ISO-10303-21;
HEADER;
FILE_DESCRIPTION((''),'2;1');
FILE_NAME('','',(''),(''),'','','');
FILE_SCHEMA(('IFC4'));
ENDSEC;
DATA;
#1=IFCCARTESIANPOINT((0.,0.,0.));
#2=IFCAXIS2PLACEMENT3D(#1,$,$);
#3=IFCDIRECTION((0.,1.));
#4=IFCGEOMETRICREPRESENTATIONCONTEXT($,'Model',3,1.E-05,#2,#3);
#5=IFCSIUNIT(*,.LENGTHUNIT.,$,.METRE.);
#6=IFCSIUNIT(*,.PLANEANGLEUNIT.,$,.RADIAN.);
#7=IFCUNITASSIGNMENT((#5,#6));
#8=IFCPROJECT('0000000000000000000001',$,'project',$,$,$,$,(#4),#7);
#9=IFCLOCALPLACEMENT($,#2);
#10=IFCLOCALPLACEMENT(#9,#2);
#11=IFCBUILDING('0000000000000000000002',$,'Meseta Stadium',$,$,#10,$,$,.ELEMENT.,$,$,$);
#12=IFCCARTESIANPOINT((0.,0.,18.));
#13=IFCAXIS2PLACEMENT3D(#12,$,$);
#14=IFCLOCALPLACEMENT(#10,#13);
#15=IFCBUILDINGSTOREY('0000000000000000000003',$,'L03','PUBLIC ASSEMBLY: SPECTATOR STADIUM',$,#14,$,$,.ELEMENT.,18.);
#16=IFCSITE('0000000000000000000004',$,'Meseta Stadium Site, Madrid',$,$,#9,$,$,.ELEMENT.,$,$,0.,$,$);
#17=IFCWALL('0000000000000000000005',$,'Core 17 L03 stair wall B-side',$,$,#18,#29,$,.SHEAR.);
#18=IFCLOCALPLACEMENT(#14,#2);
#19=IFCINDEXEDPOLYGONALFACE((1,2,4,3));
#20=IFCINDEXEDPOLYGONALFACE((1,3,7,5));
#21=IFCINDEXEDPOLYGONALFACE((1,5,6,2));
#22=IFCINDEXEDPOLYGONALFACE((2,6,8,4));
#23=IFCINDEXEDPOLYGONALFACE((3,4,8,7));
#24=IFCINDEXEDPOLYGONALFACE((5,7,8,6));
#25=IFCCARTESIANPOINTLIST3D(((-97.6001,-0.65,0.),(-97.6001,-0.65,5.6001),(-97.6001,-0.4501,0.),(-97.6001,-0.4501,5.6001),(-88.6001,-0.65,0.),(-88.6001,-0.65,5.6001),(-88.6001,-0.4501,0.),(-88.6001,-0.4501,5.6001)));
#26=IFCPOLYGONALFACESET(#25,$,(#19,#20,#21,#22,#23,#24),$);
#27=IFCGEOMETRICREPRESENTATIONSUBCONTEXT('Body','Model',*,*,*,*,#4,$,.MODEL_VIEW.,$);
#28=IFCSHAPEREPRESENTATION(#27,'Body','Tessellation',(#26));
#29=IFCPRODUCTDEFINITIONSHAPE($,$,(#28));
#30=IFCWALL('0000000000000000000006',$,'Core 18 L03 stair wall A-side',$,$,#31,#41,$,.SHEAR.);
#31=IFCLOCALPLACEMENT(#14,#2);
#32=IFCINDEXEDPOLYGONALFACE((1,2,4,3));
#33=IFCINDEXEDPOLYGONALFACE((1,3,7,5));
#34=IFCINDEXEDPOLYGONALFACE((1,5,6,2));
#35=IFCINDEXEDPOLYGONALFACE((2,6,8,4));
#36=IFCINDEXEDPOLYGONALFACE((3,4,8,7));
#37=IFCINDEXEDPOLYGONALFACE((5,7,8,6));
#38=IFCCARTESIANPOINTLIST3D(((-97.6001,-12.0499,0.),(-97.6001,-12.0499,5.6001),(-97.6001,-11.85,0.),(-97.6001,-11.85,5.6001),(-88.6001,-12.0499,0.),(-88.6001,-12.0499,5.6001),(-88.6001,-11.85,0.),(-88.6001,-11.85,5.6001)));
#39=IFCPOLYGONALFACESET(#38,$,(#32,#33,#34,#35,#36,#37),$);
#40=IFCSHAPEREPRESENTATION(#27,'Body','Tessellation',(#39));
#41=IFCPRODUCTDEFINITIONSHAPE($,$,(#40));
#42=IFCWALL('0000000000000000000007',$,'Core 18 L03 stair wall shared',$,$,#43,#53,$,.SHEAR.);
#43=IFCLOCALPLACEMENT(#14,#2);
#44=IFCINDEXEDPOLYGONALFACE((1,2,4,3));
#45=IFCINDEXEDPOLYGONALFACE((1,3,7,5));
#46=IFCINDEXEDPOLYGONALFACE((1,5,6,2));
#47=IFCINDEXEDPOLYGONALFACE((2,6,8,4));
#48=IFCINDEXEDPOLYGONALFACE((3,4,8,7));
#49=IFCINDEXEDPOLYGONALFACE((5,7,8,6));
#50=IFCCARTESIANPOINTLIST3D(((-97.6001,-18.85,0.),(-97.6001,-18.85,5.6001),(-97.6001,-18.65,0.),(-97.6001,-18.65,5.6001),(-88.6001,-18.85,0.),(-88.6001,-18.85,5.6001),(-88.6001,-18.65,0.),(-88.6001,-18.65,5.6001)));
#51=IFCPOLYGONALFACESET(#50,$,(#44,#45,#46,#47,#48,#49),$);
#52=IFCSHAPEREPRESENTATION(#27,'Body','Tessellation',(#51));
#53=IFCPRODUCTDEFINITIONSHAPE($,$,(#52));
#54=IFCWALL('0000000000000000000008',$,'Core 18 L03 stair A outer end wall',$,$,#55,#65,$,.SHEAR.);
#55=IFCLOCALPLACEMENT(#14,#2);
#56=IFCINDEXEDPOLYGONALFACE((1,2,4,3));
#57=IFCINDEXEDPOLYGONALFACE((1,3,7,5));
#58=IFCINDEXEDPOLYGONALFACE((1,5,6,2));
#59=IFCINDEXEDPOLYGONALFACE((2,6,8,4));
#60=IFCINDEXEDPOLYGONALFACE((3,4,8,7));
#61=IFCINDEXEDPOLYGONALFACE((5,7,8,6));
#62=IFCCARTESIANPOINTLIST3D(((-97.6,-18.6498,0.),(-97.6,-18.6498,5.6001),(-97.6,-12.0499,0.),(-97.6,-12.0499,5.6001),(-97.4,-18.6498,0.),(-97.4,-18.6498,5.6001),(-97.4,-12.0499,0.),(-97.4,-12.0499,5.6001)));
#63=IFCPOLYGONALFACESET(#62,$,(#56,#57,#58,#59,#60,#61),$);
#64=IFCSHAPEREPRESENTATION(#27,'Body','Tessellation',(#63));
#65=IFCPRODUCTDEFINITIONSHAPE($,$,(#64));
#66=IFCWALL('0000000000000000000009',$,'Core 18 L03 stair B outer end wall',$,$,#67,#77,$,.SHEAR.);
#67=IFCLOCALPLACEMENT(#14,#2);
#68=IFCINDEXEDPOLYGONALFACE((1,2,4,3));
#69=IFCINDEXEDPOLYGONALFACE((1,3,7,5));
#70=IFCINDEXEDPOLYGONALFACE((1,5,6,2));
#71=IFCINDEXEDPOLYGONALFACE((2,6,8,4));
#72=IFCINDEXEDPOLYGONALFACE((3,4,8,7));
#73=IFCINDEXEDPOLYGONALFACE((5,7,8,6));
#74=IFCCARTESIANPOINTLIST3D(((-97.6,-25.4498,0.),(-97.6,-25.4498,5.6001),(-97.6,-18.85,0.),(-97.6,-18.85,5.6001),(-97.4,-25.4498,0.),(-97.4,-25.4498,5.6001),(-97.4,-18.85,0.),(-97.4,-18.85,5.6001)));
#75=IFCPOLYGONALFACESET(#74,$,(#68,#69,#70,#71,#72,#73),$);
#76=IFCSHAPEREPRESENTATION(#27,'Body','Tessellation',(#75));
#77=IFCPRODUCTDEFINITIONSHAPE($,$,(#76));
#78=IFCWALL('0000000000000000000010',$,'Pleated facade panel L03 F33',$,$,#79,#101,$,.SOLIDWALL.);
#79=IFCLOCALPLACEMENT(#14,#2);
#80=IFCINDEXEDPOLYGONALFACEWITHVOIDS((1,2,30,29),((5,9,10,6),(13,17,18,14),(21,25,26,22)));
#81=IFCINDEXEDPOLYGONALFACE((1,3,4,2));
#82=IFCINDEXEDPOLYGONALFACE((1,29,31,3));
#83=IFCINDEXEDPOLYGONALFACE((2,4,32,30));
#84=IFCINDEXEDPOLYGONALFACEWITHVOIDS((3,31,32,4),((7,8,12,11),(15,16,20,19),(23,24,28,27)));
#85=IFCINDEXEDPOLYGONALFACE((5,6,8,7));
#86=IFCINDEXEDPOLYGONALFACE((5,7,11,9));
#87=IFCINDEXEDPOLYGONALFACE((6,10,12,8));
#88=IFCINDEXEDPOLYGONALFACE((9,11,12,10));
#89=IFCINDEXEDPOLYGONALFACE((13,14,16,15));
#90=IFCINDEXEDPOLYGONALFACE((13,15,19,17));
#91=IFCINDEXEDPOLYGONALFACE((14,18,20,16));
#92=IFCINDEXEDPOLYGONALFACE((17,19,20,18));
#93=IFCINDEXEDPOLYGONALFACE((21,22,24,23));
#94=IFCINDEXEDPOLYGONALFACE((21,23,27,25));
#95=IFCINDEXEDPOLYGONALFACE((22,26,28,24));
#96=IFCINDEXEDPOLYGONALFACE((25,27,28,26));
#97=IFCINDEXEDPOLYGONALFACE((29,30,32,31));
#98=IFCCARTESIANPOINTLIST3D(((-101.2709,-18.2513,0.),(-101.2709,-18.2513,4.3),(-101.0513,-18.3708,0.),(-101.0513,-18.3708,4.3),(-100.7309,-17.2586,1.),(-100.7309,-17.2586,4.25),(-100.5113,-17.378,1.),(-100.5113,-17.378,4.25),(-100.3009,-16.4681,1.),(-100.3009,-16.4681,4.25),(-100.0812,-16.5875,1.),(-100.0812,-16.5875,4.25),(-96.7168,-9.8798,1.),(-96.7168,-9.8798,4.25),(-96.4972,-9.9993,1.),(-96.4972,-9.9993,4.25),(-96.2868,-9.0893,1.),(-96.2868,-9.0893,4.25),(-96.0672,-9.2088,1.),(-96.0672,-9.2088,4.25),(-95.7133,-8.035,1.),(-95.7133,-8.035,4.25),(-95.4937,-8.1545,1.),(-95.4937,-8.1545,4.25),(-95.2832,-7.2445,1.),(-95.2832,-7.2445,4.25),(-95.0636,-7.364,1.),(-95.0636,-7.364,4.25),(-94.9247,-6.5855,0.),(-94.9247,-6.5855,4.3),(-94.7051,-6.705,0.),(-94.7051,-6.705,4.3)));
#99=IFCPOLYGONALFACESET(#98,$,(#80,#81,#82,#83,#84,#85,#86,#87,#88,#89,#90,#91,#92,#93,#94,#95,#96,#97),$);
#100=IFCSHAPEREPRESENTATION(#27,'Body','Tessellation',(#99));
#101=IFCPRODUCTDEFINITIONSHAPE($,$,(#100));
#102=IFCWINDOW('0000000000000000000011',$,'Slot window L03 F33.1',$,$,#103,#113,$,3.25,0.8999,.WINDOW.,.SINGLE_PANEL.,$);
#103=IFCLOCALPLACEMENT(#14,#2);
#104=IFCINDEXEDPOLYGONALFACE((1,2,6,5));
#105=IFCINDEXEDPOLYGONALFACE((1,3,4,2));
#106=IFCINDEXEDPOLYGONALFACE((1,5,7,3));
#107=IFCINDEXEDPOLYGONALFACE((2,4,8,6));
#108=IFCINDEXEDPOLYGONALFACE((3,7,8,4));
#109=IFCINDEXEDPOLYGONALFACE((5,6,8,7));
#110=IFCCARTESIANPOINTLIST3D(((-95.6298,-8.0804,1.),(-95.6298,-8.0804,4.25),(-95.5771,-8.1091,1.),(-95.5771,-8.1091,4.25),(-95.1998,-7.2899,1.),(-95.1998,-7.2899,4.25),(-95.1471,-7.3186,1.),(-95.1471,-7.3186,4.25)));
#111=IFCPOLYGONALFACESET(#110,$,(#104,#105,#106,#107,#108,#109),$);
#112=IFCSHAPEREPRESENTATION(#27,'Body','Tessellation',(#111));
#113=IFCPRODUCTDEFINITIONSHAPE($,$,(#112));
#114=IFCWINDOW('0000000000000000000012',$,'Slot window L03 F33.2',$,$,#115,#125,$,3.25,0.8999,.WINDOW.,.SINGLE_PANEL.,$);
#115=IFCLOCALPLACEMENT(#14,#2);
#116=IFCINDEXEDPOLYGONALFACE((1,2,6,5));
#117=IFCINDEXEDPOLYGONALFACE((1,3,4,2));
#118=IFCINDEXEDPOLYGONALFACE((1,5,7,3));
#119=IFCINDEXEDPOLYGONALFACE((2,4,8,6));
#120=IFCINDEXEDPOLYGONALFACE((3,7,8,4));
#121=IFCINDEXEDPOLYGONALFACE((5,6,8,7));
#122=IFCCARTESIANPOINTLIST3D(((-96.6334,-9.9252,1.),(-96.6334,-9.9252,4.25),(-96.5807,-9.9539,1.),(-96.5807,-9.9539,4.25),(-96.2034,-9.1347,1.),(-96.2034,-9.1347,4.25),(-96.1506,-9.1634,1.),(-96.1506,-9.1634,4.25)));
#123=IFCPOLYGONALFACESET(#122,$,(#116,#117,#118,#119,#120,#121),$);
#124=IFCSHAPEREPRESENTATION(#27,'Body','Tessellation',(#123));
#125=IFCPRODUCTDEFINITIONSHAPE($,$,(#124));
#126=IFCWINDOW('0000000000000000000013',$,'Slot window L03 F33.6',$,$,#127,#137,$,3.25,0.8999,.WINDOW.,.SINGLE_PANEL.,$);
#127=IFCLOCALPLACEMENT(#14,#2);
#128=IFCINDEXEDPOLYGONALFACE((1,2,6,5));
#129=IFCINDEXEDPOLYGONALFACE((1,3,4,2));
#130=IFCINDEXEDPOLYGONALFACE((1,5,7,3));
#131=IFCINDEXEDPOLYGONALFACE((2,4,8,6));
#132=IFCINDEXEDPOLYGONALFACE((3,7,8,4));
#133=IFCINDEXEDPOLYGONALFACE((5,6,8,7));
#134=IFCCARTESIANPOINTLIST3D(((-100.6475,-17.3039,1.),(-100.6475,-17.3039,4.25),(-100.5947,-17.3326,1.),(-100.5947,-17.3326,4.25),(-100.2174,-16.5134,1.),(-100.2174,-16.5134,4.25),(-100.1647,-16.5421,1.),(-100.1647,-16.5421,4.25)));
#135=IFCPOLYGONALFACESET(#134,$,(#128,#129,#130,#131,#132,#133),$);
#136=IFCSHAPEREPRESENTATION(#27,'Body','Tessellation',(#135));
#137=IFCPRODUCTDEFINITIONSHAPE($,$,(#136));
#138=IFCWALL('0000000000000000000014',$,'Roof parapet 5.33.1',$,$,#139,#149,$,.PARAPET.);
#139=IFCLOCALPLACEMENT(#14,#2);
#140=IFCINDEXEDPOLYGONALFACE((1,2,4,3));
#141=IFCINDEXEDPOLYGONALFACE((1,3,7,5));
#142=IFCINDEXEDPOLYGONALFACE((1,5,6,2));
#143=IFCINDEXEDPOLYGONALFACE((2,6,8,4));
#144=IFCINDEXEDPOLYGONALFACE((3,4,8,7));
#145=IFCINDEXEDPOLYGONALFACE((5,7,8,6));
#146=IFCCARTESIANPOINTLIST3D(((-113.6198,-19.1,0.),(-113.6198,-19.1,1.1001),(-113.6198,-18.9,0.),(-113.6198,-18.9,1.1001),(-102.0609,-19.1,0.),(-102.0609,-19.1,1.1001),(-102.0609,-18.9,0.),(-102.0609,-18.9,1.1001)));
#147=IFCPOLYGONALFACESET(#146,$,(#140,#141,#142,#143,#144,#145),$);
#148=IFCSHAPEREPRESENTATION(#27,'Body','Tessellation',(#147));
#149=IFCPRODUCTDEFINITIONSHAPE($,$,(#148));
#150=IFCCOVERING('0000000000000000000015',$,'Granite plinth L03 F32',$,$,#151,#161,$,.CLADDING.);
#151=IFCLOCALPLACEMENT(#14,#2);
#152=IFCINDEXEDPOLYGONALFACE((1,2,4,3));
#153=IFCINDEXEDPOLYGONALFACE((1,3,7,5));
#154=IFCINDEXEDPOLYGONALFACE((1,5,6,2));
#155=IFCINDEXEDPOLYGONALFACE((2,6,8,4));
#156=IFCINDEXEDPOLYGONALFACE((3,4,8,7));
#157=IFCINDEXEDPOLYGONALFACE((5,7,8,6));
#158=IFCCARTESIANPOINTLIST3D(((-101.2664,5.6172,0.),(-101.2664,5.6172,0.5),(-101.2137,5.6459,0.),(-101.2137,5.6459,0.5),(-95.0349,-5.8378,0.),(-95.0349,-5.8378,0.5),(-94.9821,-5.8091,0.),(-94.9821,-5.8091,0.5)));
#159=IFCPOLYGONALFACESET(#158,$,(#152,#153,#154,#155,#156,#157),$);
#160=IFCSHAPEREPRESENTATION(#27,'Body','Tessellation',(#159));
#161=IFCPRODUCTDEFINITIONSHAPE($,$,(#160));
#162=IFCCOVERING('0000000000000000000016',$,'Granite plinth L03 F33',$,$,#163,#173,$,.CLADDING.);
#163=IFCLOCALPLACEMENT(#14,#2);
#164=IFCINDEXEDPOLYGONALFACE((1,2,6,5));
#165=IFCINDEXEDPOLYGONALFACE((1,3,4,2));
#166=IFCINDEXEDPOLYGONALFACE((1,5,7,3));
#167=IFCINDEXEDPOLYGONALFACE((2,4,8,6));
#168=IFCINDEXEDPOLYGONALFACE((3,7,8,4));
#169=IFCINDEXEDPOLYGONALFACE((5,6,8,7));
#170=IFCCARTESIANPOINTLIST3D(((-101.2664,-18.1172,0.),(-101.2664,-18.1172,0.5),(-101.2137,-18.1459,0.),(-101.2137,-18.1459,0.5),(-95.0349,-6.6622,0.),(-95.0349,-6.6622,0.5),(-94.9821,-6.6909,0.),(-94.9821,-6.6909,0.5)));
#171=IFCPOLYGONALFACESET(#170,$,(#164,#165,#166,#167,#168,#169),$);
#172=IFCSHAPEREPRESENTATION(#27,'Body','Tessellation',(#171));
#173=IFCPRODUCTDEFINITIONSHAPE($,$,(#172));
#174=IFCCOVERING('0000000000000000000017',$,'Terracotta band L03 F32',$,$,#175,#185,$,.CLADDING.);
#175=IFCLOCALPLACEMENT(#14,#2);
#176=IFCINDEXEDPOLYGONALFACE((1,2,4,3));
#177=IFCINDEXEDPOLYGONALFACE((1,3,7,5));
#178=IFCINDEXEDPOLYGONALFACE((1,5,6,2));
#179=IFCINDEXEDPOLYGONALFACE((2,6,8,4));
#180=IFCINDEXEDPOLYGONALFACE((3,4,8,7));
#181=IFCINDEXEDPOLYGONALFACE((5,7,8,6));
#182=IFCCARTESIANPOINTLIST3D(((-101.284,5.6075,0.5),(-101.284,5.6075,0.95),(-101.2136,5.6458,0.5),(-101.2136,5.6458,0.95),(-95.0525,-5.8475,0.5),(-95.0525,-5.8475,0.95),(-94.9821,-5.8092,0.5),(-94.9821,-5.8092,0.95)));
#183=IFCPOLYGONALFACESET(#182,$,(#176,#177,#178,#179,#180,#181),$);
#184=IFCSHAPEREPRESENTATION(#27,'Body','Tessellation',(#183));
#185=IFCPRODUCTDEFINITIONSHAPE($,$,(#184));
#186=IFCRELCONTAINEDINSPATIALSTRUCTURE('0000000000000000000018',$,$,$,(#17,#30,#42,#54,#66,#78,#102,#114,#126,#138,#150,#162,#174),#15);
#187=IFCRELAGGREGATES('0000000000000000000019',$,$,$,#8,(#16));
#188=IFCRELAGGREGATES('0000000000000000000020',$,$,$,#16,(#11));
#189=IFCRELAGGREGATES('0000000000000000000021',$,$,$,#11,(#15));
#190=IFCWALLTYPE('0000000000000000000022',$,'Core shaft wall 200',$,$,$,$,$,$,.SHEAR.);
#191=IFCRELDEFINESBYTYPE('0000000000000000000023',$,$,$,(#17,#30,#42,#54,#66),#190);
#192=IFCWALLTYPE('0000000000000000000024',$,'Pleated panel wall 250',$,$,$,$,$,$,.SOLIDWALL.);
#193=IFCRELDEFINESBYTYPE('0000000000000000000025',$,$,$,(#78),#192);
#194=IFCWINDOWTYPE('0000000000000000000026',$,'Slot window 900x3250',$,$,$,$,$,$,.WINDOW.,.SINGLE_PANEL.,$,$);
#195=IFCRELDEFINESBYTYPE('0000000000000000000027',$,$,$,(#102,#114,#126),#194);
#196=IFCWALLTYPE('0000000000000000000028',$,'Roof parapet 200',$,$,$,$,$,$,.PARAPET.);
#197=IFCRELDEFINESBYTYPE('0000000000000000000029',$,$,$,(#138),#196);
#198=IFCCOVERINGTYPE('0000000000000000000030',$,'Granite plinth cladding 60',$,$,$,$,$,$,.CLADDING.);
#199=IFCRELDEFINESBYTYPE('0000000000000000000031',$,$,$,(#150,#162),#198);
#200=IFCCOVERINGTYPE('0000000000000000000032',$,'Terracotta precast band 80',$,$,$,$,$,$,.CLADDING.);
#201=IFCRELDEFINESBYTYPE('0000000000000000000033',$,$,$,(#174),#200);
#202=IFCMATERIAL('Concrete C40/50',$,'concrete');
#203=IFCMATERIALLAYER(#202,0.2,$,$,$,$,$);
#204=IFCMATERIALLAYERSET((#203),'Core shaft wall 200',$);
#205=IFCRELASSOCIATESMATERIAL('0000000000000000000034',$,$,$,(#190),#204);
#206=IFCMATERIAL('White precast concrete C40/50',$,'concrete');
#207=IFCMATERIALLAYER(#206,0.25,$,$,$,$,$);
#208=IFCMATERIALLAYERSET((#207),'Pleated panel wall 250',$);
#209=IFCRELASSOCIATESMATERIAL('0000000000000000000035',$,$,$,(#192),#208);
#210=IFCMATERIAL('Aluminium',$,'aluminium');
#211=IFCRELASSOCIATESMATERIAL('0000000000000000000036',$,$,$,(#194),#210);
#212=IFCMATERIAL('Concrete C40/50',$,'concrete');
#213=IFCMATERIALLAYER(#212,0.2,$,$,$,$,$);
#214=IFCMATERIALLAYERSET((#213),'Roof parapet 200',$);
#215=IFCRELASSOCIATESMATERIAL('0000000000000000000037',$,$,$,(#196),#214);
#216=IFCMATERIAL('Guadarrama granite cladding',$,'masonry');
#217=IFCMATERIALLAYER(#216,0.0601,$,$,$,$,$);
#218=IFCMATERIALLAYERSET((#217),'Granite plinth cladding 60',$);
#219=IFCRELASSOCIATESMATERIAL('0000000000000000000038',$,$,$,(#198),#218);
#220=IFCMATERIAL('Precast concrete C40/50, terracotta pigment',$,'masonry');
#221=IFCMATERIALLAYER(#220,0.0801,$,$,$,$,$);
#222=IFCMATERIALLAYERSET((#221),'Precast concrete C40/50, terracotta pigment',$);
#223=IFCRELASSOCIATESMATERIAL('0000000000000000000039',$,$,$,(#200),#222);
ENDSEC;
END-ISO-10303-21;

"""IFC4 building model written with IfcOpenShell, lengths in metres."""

from ifc_helpers import new_model, si_unit, direction, frame, frame_2d, origin, origin_2d, place, context, subcontext, project, spatial, rectangle, extrude, material, layer, layer_set, type_object, element, fill, save


model = new_model("IFC4")

# Units and contexts
model_context = context("Model", 3, precision=1e-05, world=origin(), true_north=direction((0.0, 1.0)))
body_context = subcontext(model_context, "Body", "Model", "MODEL_VIEW")
ifc_project = project(units=[si_unit("LENGTHUNIT", "METRE"), si_unit("PLANEANGLEUNIT", "RADIAN")], contexts=[model_context])

# Site, building, storey
site_placement = place(None, origin())
site = spatial("IfcSite", under=ifc_project, at=site_placement, Name="Meseta Stadium Site, Madrid", CompositionType="ELEMENT", RefElevation=0.0)
building_placement = place(site_placement, origin())
building = spatial("IfcBuilding", under=site, at=building_placement, Name="Meseta Stadium", CompositionType="ELEMENT")
storey_placement = place(building_placement, frame((0.0, 0.0, 18.0)))
storey = spatial("IfcBuildingStorey", under=building, at=storey_placement, Name="L03", Description="PUBLIC ASSEMBLY: SPECTATOR STADIUM", CompositionType="ELEMENT", Elevation=18.0)

# Walls
ifc_material_1 = material(Name="Concrete C40/50", Category="concrete")
ifc_layer_1 = layer(ifc_material_1, 0.2)
ifc_layer_set_1 = layer_set([ifc_layer_1], Name="Core shaft wall 200")
wall_type_1 = type_object("IfcWallType", Name="Core shaft wall 200", PredefinedType="SHEAR", material=ifc_layer_set_1)
for number, where, z_axis, x_axis, name in (
    (1, (-97.6001, -0.55, 0.0), (0.0, 0.0, 1.0), (1.0, 0.0, 0.0), "Core 17 L03 stair wall B-side"),
    (2, (-97.6001, -11.95, 0.0), (0.0, 0.0, 1.0), (1.0, 0.0, 0.0), "Core 18 L03 stair wall A-side"),
    (3, (-97.6001, -18.75, 0.0), (0.0, 0.0, 1.0), (1.0, 0.0, 0.0), "Core 18 L03 stair wall shared"),
):
    element("IfcWall", number, at=place(storey_placement, frame(where, z_axis=z_axis, x_axis=x_axis)), inside=storey, type_object=wall_type_1, Name=name, PredefinedType="SHEAR", context=body_context, shape_type="SweptSolid", body=[
        extrude(rectangle(XDim=9.0, YDim=0.2, at=frame_2d((4.5, 0.0))), origin(), (0.0, 0.0, 1.0), 5.6001),
    ])
for number, where, z_axis, x_axis, name in (
    (4, (-97.5, -12.05, 0.0), (0.0, 0.0, 1.0), (0.0, -1.0, 0.0), "Core 18 L03 stair A outer end wall"),
    (5, (-97.5, -18.8501, 0.0), (0.0, 0.0, 1.0), (0.0, -1.0, 0.0), "Core 18 L03 stair B outer end wall"),
):
    element("IfcWall", number, at=place(storey_placement, frame(where, z_axis=z_axis, x_axis=x_axis)), inside=storey, type_object=wall_type_1, Name=name, PredefinedType="SHEAR", context=body_context, shape_type="SweptSolid", body=[
        extrude(rectangle(XDim=6.5999, YDim=0.2, at=frame_2d((3.2998, 0.0))), origin(), (0.0, 0.0, 1.0), 5.6001),
    ])

# Wall, openings, windows
ifc_material_2 = material(Name="White precast concrete C40/50", Category="concrete")
ifc_layer_2 = layer(ifc_material_2, 0.25)
ifc_layer_set_2 = layer_set([ifc_layer_2], Name="Pleated panel wall 250")
wall_type_2 = type_object("IfcWallType", Name="Pleated panel wall 250", PredefinedType="SOLIDWALL", material=ifc_layer_set_2)
wall_1_placement = place(storey_placement, frame((-101.1611, -18.311, 0.0), z_axis=(0.0, 0.0, 1.0), x_axis=(0.477868, 0.878432, 0.0)))
wall_1 = element("IfcWall", 6, at=wall_1_placement, inside=storey, type_object=wall_type_2, Name="Pleated facade panel L03 F33", PredefinedType="SOLIDWALL", context=body_context, shape_type="SweptSolid", body=[
    extrude(rectangle(XDim=13.2803, YDim=0.25, at=frame_2d((6.6401, 0.0))), origin(), (0.0, 0.0, 1.0), 4.3),
])
opening_1_placement = place(wall_1_placement, frame((11.6301, 0.0, 1.0)))
opening_1 = element("IfcOpeningElement", 7, at=opening_1_placement, cuts=wall_1, PredefinedType="OPENING", context=body_context, shape_type="SweptSolid", body=[
    extrude(rectangle(XDim=0.8999, YDim=3.25, at=frame_2d((0.45, 1.625))), frame((0.0, 0.135, 0.0), z_axis=(0.0, -1.0, 0.0), x_axis=(1.0, 0.0, 0.0)), (0.0, 0.0, 1.0), 0.27),
])
opening_2_placement = place(wall_1_placement, frame((9.53, 0.0, 1.0)))
opening_2 = element("IfcOpeningElement", 8, at=opening_2_placement, cuts=wall_1, PredefinedType="OPENING", context=body_context, shape_type="SweptSolid", body=[
    extrude(rectangle(XDim=0.8999, YDim=3.25, at=frame_2d((0.45, 1.625))), frame((0.0, 0.135, 0.0), z_axis=(0.0, -1.0, 0.0), x_axis=(1.0, 0.0, 0.0)), (0.0, 0.0, 1.0), 0.27),
])
opening_3_placement = place(wall_1_placement, frame((1.1301, 0.0, 1.0)))
opening_3 = element("IfcOpeningElement", 9, at=opening_3_placement, cuts=wall_1, PredefinedType="OPENING", context=body_context, shape_type="SweptSolid", body=[
    extrude(rectangle(XDim=0.8999, YDim=3.25, at=frame_2d((0.45, 1.625))), frame((0.0, 0.135, 0.0), z_axis=(0.0, -1.0, 0.0), x_axis=(1.0, 0.0, 0.0)), (0.0, 0.0, 1.0), 0.27),
])
ifc_material_3 = material(Name="Aluminium", Category="aluminium")
window_type = type_object("IfcWindowType", Name="Slot window 900x3250", PartitioningType="SINGLE_PANEL", PredefinedType="WINDOW", material=ifc_material_3)
window_1_placement = place(opening_1_placement, origin())
window_1 = element("IfcWindow", 10, at=window_1_placement, inside=storey, type_object=window_type, Name="Slot window L03 F33.1", OverallHeight=3.25, OverallWidth=0.8999, PartitioningType="SINGLE_PANEL", PredefinedType="WINDOW", context=body_context, shape_type="SweptSolid", body=[
    extrude(rectangle(XDim=0.8999, YDim=3.25, at=frame_2d((0.45, 1.625))), frame((0.0, 0.03, 0.0), z_axis=(0.0, -1.0, 0.0), x_axis=(1.0, 0.0, 0.0)), (0.0, 0.0, 1.0), 0.0601),
])
fill(opening_1, window_1)
window_2_placement = place(opening_2_placement, origin())
window_2 = element("IfcWindow", 11, at=window_2_placement, inside=storey, type_object=window_type, Name="Slot window L03 F33.2", OverallHeight=3.25, OverallWidth=0.8999, PartitioningType="SINGLE_PANEL", PredefinedType="WINDOW", context=body_context, shape_type="SweptSolid", body=[
    extrude(rectangle(XDim=0.8999, YDim=3.25, at=frame_2d((0.45, 1.625))), frame((0.0, 0.03, 0.0), z_axis=(0.0, -1.0, 0.0), x_axis=(1.0, 0.0, 0.0)), (0.0, 0.0, 1.0), 0.0601),
])
fill(opening_2, window_2)
window_3_placement = place(opening_3_placement, origin())
window_3 = element("IfcWindow", 12, at=window_3_placement, inside=storey, type_object=window_type, Name="Slot window L03 F33.6", OverallHeight=3.25, OverallWidth=0.8999, PartitioningType="SINGLE_PANEL", PredefinedType="WINDOW", context=body_context, shape_type="SweptSolid", body=[
    extrude(rectangle(XDim=0.8999, YDim=3.25, at=frame_2d((0.45, 1.625))), frame((0.0, 0.03, 0.0), z_axis=(0.0, -1.0, 0.0), x_axis=(1.0, 0.0, 0.0)), (0.0, 0.0, 1.0), 0.0601),
])
fill(opening_3, window_3)

# Wall
ifc_material_4 = material(Name="Concrete C40/50", Category="concrete")
ifc_layer_3 = layer(ifc_material_4, 0.2)
ifc_layer_set_3 = layer_set([ifc_layer_3], Name="Roof parapet 200")
wall_type_3 = type_object("IfcWallType", Name="Roof parapet 200", PredefinedType="PARAPET", material=ifc_layer_set_3)
wall_2_placement = place(storey_placement, frame((-113.6196, -19.0, 0.0), z_axis=(0.0, 0.0, 1.0), x_axis=(1.0, 0.0, 0.0)))
element("IfcWall", 13, at=wall_2_placement, inside=storey, type_object=wall_type_3, Name="Roof parapet 5.33.1", PredefinedType="PARAPET", context=body_context, shape_type="SweptSolid", body=[
    extrude(rectangle(XDim=11.5588, YDim=0.2, at=frame_2d((5.7793, 0.0))), origin(), (0.0, 0.0, 1.0), 1.1001),
])

# Coverings
ifc_material_5 = material(Name="Guadarrama granite cladding", Category="masonry")
ifc_layer_4 = layer(ifc_material_5, 0.0601)
ifc_layer_set_4 = layer_set([ifc_layer_4], Name="Granite plinth cladding 60")
covering_type_1 = type_object("IfcCoveringType", Name="Granite plinth cladding 60", PredefinedType="CLADDING", material=ifc_layer_set_4)
for number, where, z_axis, x_axis, name in (
    (14, (-98.1243, -0.0959, 0.0), (0.0, 0.0, 1.0), (-0.477867, 0.878432, 0.0), "Granite plinth L03 F32"),
    (15, (-98.1243, -12.4041, 0.0), (0.0, 0.0, 1.0), (0.477867, 0.878432, 0.0), "Granite plinth L03 F33"),
):
    element("IfcCovering", number, at=place(storey_placement, frame(where, z_axis=z_axis, x_axis=x_axis)), inside=storey, type_object=covering_type_1, Name=name, PredefinedType="CLADDING", context=body_context, shape_type="SweptSolid", body=[
        extrude(rectangle(XDim=13.0403, YDim=0.0601, at=origin_2d()), origin(), (0.0, 0.0, 1.0), 0.5),
    ])
ifc_material_6 = material(Name="Precast concrete C40/50, terracotta pigment", Category="masonry")
ifc_layer_5 = layer(ifc_material_6, 0.0801)
ifc_layer_set_5 = layer_set([ifc_layer_5], Name="Precast concrete C40/50, terracotta pigment")
covering_type_2 = type_object("IfcCoveringType", Name="Terracotta precast band 80", PredefinedType="CLADDING", material=ifc_layer_set_5)
for number, where, z_axis, x_axis, name in (
    (16, (-98.1331, -0.1008, 0.5), (0.0, 0.0, 1.0), (-0.477867, 0.878432, 0.0), "Terracotta band L03 F32"),
):
    element("IfcCovering", number, at=place(storey_placement, frame(where, z_axis=z_axis, x_axis=x_axis)), inside=storey, type_object=covering_type_2, Name=name, PredefinedType="CLADDING", context=body_context, shape_type="SweptSolid", body=[
        extrude(rectangle(XDim=13.0403, YDim=0.0801, at=origin_2d()), origin(), (0.0, 0.0, 1.0), 0.45),
    ])

save(model, "model.ifc")
